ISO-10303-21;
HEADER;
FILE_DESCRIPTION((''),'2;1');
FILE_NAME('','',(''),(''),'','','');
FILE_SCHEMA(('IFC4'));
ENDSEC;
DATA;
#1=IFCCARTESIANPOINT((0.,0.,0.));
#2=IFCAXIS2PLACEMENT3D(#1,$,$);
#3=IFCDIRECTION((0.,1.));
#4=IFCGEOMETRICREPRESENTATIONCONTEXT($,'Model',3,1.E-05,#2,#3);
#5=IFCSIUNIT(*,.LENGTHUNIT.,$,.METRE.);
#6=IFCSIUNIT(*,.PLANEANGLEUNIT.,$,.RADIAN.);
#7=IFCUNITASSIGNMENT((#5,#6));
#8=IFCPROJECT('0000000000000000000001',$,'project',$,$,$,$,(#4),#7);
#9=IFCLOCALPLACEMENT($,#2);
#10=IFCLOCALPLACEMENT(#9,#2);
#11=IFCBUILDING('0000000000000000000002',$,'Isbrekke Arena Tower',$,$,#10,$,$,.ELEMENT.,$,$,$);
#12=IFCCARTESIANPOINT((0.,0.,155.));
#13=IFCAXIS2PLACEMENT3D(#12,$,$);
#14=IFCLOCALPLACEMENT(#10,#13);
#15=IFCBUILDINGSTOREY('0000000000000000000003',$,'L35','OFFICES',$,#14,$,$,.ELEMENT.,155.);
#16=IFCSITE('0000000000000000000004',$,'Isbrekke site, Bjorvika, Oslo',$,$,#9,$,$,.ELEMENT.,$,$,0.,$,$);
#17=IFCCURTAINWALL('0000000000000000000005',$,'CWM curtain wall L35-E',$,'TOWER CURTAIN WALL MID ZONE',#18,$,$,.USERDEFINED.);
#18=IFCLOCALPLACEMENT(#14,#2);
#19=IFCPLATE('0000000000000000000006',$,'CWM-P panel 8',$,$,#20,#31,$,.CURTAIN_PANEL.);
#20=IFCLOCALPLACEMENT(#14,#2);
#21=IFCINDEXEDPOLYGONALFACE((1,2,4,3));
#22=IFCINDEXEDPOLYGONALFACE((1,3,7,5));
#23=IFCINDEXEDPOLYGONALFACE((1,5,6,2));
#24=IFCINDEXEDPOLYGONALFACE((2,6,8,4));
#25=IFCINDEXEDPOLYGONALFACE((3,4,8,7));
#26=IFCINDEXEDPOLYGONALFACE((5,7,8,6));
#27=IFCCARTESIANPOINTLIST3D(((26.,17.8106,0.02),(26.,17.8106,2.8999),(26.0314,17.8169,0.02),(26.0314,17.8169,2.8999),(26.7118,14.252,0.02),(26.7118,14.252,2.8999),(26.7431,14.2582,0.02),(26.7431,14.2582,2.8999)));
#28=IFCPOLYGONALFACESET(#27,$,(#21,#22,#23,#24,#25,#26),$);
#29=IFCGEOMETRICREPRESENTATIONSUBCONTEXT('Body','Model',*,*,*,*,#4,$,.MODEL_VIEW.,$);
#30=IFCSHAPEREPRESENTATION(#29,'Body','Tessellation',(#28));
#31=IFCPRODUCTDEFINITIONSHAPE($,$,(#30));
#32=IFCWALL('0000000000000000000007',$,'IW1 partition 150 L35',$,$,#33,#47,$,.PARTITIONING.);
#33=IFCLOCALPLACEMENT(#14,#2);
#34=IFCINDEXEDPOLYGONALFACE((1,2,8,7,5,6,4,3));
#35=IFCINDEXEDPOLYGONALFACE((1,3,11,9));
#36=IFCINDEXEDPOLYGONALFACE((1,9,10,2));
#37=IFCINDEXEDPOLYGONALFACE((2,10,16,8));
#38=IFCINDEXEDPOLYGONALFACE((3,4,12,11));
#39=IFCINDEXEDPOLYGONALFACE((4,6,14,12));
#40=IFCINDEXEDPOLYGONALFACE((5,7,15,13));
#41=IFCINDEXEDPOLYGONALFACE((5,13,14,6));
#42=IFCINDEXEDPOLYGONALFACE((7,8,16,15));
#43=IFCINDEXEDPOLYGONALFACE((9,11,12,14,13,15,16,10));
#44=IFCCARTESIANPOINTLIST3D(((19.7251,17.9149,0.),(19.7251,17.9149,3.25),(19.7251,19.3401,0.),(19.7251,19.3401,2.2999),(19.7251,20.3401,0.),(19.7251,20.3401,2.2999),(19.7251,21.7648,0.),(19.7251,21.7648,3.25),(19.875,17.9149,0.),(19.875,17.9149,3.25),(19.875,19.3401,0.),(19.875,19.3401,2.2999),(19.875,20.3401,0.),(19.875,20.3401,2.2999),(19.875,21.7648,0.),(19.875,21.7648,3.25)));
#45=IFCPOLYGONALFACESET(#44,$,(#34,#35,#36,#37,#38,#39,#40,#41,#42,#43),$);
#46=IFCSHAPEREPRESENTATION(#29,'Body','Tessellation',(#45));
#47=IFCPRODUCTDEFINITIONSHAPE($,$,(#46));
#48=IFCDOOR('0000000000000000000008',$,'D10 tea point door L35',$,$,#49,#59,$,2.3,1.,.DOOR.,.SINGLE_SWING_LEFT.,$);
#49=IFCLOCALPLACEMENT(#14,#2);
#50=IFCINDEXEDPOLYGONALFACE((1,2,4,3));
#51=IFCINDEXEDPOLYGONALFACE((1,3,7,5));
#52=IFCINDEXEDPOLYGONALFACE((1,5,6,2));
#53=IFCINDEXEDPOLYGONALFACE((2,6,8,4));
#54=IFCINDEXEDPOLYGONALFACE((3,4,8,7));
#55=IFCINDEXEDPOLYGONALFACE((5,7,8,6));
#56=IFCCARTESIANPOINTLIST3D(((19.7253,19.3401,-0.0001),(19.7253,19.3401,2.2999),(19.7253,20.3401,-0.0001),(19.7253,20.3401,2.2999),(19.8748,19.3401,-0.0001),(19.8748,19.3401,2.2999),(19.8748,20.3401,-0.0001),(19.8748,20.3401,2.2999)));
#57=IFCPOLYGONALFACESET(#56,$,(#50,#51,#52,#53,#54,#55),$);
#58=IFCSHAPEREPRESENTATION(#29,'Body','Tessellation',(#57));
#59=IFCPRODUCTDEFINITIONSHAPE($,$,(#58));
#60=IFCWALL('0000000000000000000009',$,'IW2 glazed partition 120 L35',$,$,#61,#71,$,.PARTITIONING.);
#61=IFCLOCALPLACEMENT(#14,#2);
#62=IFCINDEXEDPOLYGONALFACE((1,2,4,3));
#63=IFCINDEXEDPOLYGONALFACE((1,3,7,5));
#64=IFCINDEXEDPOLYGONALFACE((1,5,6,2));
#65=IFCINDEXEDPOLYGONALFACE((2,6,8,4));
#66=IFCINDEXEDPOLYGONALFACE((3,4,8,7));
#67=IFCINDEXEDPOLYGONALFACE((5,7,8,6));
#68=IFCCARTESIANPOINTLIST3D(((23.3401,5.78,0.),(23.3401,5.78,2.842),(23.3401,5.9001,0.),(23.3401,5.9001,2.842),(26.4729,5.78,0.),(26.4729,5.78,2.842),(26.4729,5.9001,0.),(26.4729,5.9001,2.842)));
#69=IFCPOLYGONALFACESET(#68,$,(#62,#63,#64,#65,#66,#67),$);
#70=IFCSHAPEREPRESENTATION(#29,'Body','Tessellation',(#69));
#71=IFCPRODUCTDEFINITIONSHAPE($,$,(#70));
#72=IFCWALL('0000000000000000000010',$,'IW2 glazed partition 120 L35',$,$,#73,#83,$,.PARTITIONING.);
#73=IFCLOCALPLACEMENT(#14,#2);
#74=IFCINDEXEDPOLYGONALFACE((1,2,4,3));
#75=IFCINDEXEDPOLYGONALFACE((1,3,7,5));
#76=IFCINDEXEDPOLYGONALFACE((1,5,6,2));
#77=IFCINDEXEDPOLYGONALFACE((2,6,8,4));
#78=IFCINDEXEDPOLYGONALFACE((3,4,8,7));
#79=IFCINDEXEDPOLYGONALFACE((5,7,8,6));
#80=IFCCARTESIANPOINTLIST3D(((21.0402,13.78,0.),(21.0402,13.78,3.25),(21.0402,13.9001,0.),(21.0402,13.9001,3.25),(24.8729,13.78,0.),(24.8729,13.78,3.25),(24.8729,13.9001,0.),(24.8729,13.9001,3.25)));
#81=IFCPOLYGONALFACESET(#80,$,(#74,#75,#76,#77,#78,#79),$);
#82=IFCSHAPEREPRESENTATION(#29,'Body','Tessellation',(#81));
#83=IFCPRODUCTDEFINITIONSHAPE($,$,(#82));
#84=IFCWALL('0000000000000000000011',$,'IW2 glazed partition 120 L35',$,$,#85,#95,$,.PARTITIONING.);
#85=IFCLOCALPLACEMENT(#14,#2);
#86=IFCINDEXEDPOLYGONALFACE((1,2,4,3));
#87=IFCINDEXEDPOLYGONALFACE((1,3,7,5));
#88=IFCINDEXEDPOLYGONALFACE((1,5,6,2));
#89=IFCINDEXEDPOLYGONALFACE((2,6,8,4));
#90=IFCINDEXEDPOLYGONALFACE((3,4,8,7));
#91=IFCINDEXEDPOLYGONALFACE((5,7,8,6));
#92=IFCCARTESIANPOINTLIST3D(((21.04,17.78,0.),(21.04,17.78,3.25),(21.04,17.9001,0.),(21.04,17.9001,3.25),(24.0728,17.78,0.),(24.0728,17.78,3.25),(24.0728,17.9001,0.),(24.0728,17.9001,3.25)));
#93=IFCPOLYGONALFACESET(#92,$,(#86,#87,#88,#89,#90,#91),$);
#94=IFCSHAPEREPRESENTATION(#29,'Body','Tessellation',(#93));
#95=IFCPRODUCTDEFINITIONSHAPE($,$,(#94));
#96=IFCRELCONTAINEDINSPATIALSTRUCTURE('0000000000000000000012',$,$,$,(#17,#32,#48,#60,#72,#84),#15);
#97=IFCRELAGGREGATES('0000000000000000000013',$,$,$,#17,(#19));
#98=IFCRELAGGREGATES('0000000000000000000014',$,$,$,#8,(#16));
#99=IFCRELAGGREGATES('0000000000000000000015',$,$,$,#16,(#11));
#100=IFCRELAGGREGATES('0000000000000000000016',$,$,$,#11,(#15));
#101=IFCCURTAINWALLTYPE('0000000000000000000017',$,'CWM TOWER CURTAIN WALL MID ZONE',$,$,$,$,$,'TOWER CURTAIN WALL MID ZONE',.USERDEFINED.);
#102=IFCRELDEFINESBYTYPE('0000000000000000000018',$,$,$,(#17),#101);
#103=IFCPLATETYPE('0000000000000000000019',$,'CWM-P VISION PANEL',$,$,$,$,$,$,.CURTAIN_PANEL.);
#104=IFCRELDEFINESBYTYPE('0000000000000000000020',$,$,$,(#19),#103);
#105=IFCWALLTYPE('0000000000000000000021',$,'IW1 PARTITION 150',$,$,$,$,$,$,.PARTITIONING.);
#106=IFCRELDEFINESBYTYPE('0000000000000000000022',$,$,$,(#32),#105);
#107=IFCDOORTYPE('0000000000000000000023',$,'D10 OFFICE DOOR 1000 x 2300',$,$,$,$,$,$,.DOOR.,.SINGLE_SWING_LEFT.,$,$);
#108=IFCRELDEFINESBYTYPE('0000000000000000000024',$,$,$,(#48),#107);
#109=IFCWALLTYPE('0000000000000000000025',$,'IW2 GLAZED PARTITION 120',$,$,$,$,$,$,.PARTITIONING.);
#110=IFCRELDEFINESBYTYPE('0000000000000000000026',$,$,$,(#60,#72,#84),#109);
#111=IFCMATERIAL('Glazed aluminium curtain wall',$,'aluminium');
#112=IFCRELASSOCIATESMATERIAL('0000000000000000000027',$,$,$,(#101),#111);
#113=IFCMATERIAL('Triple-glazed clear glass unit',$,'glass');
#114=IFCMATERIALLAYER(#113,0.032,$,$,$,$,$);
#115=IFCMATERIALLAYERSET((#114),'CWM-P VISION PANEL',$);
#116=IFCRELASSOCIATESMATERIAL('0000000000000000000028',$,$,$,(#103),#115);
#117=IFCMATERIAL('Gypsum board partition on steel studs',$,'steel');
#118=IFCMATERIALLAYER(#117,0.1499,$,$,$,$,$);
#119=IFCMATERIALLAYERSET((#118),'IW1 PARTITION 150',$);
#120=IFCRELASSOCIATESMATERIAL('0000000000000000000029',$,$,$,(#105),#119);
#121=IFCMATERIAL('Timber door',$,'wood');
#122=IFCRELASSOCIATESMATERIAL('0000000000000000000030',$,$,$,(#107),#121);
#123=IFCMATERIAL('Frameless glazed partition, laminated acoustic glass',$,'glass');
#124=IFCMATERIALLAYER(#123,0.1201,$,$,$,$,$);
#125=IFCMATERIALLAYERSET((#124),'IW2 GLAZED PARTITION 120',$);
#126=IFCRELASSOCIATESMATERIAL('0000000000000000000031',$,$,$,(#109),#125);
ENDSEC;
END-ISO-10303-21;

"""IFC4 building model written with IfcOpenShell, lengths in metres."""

from ifc_helpers import new_model, si_unit, direction, frame, frame_2d, origin, origin_2d, place, context, subcontext, project, spatial, rectangle, extrude, material, layer, layer_set, type_object, element, fill, aggregate, save


model = new_model("IFC4")

# Units and contexts
model_context = context("Model", 3, precision=1e-05, world=origin(), true_north=direction((0.0, 1.0)))
body_context = subcontext(model_context, "Body", "Model", "MODEL_VIEW")
ifc_project = project(units=[si_unit("LENGTHUNIT", "METRE"), si_unit("PLANEANGLEUNIT", "RADIAN")], contexts=[model_context])

# Site, building, storey
site_placement = place(None, origin())
site = spatial("IfcSite", under=ifc_project, at=site_placement, Name="Isbrekke site, Bjorvika, Oslo", CompositionType="ELEMENT", RefElevation=0.0)
building_placement = place(site_placement, origin())
building = spatial("IfcBuilding", under=site, at=building_placement, Name="Isbrekke Arena Tower", CompositionType="ELEMENT")
storey_placement = place(building_placement, frame((0.0, 0.0, 155.0)))
storey = spatial("IfcBuildingStorey", under=building, at=storey_placement, Name="L35", Description="OFFICES", CompositionType="ELEMENT", Elevation=155.0)

# Curtain wall
ifc_material_1 = material(Name="Glazed aluminium curtain wall", Category="aluminium")
curtain_wall_type = type_object("IfcCurtainWallType", Name="CWM TOWER CURTAIN WALL MID ZONE", ElementType="TOWER CURTAIN WALL MID ZONE", PredefinedType="USERDEFINED", material=ifc_material_1)
curtain_wall_placement = place(storey_placement, origin())
curtain_wall = element("IfcCurtainWall", 1, at=curtain_wall_placement, inside=storey, type_object=curtain_wall_type, Name="CWM curtain wall L35-E", ObjectType="TOWER CURTAIN WALL MID ZONE", PredefinedType="USERDEFINED")

# Plate
ifc_material_2 = material(Name="Triple-glazed clear glass unit", Category="glass")
ifc_layer_1 = layer(ifc_material_2, 0.032)
ifc_layer_set_1 = layer_set([ifc_layer_1], Name="CWM-P VISION PANEL")
plate_type = type_object("IfcPlateType", Name="CWM-P VISION PANEL", PredefinedType="CURTAIN_PANEL", material=ifc_layer_set_1)
plate_1_placement = place(storey_placement, frame((26.3716, 16.0344, 0.02), z_axis=(0.0, 0.0, 1.0), x_axis=(-0.196116, 0.980581, 0.0)))
plate_1 = element("IfcPlate", 2, at=plate_1_placement, type_object=plate_type, Name="CWM-P panel 8", PredefinedType="CURTAIN_PANEL", context=body_context, shape_type="SweptSolid", body=[
    extrude(rectangle(XDim=3.6292, YDim=0.032, at=origin_2d()), origin(), (0.0, 0.0, 1.0), 2.8799),
])
aggregate(curtain_wall, [plate_1])

# Wall, opening, door
ifc_material_3 = material(Name="Gypsum board partition on steel studs", Category="steel")
ifc_layer_2 = layer(ifc_material_3, 0.1499)
ifc_layer_set_2 = layer_set([ifc_layer_2], Name="IW1 PARTITION 150")
wall_type_1 = type_object("IfcWallType", Name="IW1 PARTITION 150", PredefinedType="PARTITIONING", material=ifc_layer_set_2)
wall_1_placement = place(storey_placement, frame((19.8, 17.915, 0.0), z_axis=(0.0, 0.0, 1.0), x_axis=(0.0, 1.0, 0.0)))
wall_1 = element("IfcWall", 3, at=wall_1_placement, inside=storey, type_object=wall_type_1, Name="IW1 partition 150 L35", PredefinedType="PARTITIONING", context=body_context, shape_type="SweptSolid", body=[
    extrude(rectangle(XDim=3.8499, YDim=0.1499, at=frame_2d((1.9248, 0.0))), origin(), (0.0, 0.0, 1.0), 3.25),
])
opening_1_placement = place(wall_1_placement, frame((1.425, 0.0, 0.0)))
opening_1 = element("IfcOpeningElement", 4, at=opening_1_placement, cuts=wall_1, PredefinedType="OPENING", context=body_context, shape_type="SweptSolid", body=[
    extrude(rectangle(XDim=1.0, YDim=2.3, at=frame_2d((0.5, 1.1499))), frame((0.0, 0.0898, 0.0), z_axis=(0.0, -1.0, 0.0), x_axis=(1.0, 0.0, 0.0)), (0.0, 0.0, 1.0), 0.1797),
])
ifc_material_4 = material(Name="Timber door", Category="wood")
door_type_1 = type_object("IfcDoorType", Name="D10 OFFICE DOOR 1000 x 2300", OperationType="SINGLE_SWING_LEFT", PredefinedType="DOOR", material=ifc_material_4)
door_1_placement = place(opening_1_placement, origin())
door_1 = element("IfcDoor", 5, at=door_1_placement, inside=storey, type_object=door_type_1, Name="D10 tea point door L35", OperationType="SINGLE_SWING_LEFT", OverallHeight=2.3, OverallWidth=1.0, PredefinedType="DOOR", context=body_context, shape_type="SweptSolid", body=[
    extrude(rectangle(XDim=1.0, YDim=2.3, at=frame_2d((0.5, 1.1499))), frame((0.0, 0.0747, 0.0), z_axis=(0.0, -1.0, 0.0), x_axis=(1.0, 0.0, 0.0)), (0.0, 0.0, 1.0), 0.1494),
])
fill(opening_1, door_1)

# Walls
ifc_material_5 = material(Name="Frameless glazed partition, laminated acoustic glass", Category="glass")
ifc_layer_3 = layer(ifc_material_5, 0.1201)
ifc_layer_set_3 = layer_set([ifc_layer_3], Name="IW2 GLAZED PARTITION 120")
wall_type_2 = type_object("IfcWallType", Name="IW2 GLAZED PARTITION 120", PredefinedType="PARTITIONING", material=ifc_layer_set_3)
wall_2_placement = place(storey_placement, frame((23.3401, 5.8401, 0.0), z_axis=(0.0, 0.0, 1.0), x_axis=(1.0, 0.0, 0.0)))
element("IfcWall", 6, at=wall_2_placement, inside=storey, type_object=wall_type_2, Name="IW2 glazed partition 120 L35", PredefinedType="PARTITIONING", context=body_context, shape_type="SweptSolid", body=[
    extrude(rectangle(XDim=3.1328, YDim=0.1201, at=frame_2d((1.5664, 0.0))), origin(), (0.0, 0.0, 1.0), 2.842),
])
wall_3_placement = place(storey_placement, frame((21.04, 13.8401, 0.0), z_axis=(0.0, 0.0, 1.0), x_axis=(1.0, 0.0, 0.0)))
element("IfcWall", 7, at=wall_3_placement, inside=storey, type_object=wall_type_2, Name="IW2 glazed partition 120 L35", PredefinedType="PARTITIONING", context=body_context, shape_type="SweptSolid", body=[
    extrude(rectangle(XDim=3.8328, YDim=0.1201, at=frame_2d((1.9165, 0.0))), origin(), (0.0, 0.0, 1.0), 3.25),
])
wall_4_placement = place(storey_placement, frame((21.04, 17.8401, 0.0), z_axis=(0.0, 0.0, 1.0), x_axis=(1.0, 0.0, 0.0)))
element("IfcWall", 8, at=wall_4_placement, inside=storey, type_object=wall_type_2, Name="IW2 glazed partition 120 L35", PredefinedType="PARTITIONING", context=body_context, shape_type="SweptSolid", body=[
    extrude(rectangle(XDim=3.0327, YDim=0.1201, at=frame_2d((1.5164, 0.0))), origin(), (0.0, 0.0, 1.0), 3.25),
])

save(model, "model.ifc")
